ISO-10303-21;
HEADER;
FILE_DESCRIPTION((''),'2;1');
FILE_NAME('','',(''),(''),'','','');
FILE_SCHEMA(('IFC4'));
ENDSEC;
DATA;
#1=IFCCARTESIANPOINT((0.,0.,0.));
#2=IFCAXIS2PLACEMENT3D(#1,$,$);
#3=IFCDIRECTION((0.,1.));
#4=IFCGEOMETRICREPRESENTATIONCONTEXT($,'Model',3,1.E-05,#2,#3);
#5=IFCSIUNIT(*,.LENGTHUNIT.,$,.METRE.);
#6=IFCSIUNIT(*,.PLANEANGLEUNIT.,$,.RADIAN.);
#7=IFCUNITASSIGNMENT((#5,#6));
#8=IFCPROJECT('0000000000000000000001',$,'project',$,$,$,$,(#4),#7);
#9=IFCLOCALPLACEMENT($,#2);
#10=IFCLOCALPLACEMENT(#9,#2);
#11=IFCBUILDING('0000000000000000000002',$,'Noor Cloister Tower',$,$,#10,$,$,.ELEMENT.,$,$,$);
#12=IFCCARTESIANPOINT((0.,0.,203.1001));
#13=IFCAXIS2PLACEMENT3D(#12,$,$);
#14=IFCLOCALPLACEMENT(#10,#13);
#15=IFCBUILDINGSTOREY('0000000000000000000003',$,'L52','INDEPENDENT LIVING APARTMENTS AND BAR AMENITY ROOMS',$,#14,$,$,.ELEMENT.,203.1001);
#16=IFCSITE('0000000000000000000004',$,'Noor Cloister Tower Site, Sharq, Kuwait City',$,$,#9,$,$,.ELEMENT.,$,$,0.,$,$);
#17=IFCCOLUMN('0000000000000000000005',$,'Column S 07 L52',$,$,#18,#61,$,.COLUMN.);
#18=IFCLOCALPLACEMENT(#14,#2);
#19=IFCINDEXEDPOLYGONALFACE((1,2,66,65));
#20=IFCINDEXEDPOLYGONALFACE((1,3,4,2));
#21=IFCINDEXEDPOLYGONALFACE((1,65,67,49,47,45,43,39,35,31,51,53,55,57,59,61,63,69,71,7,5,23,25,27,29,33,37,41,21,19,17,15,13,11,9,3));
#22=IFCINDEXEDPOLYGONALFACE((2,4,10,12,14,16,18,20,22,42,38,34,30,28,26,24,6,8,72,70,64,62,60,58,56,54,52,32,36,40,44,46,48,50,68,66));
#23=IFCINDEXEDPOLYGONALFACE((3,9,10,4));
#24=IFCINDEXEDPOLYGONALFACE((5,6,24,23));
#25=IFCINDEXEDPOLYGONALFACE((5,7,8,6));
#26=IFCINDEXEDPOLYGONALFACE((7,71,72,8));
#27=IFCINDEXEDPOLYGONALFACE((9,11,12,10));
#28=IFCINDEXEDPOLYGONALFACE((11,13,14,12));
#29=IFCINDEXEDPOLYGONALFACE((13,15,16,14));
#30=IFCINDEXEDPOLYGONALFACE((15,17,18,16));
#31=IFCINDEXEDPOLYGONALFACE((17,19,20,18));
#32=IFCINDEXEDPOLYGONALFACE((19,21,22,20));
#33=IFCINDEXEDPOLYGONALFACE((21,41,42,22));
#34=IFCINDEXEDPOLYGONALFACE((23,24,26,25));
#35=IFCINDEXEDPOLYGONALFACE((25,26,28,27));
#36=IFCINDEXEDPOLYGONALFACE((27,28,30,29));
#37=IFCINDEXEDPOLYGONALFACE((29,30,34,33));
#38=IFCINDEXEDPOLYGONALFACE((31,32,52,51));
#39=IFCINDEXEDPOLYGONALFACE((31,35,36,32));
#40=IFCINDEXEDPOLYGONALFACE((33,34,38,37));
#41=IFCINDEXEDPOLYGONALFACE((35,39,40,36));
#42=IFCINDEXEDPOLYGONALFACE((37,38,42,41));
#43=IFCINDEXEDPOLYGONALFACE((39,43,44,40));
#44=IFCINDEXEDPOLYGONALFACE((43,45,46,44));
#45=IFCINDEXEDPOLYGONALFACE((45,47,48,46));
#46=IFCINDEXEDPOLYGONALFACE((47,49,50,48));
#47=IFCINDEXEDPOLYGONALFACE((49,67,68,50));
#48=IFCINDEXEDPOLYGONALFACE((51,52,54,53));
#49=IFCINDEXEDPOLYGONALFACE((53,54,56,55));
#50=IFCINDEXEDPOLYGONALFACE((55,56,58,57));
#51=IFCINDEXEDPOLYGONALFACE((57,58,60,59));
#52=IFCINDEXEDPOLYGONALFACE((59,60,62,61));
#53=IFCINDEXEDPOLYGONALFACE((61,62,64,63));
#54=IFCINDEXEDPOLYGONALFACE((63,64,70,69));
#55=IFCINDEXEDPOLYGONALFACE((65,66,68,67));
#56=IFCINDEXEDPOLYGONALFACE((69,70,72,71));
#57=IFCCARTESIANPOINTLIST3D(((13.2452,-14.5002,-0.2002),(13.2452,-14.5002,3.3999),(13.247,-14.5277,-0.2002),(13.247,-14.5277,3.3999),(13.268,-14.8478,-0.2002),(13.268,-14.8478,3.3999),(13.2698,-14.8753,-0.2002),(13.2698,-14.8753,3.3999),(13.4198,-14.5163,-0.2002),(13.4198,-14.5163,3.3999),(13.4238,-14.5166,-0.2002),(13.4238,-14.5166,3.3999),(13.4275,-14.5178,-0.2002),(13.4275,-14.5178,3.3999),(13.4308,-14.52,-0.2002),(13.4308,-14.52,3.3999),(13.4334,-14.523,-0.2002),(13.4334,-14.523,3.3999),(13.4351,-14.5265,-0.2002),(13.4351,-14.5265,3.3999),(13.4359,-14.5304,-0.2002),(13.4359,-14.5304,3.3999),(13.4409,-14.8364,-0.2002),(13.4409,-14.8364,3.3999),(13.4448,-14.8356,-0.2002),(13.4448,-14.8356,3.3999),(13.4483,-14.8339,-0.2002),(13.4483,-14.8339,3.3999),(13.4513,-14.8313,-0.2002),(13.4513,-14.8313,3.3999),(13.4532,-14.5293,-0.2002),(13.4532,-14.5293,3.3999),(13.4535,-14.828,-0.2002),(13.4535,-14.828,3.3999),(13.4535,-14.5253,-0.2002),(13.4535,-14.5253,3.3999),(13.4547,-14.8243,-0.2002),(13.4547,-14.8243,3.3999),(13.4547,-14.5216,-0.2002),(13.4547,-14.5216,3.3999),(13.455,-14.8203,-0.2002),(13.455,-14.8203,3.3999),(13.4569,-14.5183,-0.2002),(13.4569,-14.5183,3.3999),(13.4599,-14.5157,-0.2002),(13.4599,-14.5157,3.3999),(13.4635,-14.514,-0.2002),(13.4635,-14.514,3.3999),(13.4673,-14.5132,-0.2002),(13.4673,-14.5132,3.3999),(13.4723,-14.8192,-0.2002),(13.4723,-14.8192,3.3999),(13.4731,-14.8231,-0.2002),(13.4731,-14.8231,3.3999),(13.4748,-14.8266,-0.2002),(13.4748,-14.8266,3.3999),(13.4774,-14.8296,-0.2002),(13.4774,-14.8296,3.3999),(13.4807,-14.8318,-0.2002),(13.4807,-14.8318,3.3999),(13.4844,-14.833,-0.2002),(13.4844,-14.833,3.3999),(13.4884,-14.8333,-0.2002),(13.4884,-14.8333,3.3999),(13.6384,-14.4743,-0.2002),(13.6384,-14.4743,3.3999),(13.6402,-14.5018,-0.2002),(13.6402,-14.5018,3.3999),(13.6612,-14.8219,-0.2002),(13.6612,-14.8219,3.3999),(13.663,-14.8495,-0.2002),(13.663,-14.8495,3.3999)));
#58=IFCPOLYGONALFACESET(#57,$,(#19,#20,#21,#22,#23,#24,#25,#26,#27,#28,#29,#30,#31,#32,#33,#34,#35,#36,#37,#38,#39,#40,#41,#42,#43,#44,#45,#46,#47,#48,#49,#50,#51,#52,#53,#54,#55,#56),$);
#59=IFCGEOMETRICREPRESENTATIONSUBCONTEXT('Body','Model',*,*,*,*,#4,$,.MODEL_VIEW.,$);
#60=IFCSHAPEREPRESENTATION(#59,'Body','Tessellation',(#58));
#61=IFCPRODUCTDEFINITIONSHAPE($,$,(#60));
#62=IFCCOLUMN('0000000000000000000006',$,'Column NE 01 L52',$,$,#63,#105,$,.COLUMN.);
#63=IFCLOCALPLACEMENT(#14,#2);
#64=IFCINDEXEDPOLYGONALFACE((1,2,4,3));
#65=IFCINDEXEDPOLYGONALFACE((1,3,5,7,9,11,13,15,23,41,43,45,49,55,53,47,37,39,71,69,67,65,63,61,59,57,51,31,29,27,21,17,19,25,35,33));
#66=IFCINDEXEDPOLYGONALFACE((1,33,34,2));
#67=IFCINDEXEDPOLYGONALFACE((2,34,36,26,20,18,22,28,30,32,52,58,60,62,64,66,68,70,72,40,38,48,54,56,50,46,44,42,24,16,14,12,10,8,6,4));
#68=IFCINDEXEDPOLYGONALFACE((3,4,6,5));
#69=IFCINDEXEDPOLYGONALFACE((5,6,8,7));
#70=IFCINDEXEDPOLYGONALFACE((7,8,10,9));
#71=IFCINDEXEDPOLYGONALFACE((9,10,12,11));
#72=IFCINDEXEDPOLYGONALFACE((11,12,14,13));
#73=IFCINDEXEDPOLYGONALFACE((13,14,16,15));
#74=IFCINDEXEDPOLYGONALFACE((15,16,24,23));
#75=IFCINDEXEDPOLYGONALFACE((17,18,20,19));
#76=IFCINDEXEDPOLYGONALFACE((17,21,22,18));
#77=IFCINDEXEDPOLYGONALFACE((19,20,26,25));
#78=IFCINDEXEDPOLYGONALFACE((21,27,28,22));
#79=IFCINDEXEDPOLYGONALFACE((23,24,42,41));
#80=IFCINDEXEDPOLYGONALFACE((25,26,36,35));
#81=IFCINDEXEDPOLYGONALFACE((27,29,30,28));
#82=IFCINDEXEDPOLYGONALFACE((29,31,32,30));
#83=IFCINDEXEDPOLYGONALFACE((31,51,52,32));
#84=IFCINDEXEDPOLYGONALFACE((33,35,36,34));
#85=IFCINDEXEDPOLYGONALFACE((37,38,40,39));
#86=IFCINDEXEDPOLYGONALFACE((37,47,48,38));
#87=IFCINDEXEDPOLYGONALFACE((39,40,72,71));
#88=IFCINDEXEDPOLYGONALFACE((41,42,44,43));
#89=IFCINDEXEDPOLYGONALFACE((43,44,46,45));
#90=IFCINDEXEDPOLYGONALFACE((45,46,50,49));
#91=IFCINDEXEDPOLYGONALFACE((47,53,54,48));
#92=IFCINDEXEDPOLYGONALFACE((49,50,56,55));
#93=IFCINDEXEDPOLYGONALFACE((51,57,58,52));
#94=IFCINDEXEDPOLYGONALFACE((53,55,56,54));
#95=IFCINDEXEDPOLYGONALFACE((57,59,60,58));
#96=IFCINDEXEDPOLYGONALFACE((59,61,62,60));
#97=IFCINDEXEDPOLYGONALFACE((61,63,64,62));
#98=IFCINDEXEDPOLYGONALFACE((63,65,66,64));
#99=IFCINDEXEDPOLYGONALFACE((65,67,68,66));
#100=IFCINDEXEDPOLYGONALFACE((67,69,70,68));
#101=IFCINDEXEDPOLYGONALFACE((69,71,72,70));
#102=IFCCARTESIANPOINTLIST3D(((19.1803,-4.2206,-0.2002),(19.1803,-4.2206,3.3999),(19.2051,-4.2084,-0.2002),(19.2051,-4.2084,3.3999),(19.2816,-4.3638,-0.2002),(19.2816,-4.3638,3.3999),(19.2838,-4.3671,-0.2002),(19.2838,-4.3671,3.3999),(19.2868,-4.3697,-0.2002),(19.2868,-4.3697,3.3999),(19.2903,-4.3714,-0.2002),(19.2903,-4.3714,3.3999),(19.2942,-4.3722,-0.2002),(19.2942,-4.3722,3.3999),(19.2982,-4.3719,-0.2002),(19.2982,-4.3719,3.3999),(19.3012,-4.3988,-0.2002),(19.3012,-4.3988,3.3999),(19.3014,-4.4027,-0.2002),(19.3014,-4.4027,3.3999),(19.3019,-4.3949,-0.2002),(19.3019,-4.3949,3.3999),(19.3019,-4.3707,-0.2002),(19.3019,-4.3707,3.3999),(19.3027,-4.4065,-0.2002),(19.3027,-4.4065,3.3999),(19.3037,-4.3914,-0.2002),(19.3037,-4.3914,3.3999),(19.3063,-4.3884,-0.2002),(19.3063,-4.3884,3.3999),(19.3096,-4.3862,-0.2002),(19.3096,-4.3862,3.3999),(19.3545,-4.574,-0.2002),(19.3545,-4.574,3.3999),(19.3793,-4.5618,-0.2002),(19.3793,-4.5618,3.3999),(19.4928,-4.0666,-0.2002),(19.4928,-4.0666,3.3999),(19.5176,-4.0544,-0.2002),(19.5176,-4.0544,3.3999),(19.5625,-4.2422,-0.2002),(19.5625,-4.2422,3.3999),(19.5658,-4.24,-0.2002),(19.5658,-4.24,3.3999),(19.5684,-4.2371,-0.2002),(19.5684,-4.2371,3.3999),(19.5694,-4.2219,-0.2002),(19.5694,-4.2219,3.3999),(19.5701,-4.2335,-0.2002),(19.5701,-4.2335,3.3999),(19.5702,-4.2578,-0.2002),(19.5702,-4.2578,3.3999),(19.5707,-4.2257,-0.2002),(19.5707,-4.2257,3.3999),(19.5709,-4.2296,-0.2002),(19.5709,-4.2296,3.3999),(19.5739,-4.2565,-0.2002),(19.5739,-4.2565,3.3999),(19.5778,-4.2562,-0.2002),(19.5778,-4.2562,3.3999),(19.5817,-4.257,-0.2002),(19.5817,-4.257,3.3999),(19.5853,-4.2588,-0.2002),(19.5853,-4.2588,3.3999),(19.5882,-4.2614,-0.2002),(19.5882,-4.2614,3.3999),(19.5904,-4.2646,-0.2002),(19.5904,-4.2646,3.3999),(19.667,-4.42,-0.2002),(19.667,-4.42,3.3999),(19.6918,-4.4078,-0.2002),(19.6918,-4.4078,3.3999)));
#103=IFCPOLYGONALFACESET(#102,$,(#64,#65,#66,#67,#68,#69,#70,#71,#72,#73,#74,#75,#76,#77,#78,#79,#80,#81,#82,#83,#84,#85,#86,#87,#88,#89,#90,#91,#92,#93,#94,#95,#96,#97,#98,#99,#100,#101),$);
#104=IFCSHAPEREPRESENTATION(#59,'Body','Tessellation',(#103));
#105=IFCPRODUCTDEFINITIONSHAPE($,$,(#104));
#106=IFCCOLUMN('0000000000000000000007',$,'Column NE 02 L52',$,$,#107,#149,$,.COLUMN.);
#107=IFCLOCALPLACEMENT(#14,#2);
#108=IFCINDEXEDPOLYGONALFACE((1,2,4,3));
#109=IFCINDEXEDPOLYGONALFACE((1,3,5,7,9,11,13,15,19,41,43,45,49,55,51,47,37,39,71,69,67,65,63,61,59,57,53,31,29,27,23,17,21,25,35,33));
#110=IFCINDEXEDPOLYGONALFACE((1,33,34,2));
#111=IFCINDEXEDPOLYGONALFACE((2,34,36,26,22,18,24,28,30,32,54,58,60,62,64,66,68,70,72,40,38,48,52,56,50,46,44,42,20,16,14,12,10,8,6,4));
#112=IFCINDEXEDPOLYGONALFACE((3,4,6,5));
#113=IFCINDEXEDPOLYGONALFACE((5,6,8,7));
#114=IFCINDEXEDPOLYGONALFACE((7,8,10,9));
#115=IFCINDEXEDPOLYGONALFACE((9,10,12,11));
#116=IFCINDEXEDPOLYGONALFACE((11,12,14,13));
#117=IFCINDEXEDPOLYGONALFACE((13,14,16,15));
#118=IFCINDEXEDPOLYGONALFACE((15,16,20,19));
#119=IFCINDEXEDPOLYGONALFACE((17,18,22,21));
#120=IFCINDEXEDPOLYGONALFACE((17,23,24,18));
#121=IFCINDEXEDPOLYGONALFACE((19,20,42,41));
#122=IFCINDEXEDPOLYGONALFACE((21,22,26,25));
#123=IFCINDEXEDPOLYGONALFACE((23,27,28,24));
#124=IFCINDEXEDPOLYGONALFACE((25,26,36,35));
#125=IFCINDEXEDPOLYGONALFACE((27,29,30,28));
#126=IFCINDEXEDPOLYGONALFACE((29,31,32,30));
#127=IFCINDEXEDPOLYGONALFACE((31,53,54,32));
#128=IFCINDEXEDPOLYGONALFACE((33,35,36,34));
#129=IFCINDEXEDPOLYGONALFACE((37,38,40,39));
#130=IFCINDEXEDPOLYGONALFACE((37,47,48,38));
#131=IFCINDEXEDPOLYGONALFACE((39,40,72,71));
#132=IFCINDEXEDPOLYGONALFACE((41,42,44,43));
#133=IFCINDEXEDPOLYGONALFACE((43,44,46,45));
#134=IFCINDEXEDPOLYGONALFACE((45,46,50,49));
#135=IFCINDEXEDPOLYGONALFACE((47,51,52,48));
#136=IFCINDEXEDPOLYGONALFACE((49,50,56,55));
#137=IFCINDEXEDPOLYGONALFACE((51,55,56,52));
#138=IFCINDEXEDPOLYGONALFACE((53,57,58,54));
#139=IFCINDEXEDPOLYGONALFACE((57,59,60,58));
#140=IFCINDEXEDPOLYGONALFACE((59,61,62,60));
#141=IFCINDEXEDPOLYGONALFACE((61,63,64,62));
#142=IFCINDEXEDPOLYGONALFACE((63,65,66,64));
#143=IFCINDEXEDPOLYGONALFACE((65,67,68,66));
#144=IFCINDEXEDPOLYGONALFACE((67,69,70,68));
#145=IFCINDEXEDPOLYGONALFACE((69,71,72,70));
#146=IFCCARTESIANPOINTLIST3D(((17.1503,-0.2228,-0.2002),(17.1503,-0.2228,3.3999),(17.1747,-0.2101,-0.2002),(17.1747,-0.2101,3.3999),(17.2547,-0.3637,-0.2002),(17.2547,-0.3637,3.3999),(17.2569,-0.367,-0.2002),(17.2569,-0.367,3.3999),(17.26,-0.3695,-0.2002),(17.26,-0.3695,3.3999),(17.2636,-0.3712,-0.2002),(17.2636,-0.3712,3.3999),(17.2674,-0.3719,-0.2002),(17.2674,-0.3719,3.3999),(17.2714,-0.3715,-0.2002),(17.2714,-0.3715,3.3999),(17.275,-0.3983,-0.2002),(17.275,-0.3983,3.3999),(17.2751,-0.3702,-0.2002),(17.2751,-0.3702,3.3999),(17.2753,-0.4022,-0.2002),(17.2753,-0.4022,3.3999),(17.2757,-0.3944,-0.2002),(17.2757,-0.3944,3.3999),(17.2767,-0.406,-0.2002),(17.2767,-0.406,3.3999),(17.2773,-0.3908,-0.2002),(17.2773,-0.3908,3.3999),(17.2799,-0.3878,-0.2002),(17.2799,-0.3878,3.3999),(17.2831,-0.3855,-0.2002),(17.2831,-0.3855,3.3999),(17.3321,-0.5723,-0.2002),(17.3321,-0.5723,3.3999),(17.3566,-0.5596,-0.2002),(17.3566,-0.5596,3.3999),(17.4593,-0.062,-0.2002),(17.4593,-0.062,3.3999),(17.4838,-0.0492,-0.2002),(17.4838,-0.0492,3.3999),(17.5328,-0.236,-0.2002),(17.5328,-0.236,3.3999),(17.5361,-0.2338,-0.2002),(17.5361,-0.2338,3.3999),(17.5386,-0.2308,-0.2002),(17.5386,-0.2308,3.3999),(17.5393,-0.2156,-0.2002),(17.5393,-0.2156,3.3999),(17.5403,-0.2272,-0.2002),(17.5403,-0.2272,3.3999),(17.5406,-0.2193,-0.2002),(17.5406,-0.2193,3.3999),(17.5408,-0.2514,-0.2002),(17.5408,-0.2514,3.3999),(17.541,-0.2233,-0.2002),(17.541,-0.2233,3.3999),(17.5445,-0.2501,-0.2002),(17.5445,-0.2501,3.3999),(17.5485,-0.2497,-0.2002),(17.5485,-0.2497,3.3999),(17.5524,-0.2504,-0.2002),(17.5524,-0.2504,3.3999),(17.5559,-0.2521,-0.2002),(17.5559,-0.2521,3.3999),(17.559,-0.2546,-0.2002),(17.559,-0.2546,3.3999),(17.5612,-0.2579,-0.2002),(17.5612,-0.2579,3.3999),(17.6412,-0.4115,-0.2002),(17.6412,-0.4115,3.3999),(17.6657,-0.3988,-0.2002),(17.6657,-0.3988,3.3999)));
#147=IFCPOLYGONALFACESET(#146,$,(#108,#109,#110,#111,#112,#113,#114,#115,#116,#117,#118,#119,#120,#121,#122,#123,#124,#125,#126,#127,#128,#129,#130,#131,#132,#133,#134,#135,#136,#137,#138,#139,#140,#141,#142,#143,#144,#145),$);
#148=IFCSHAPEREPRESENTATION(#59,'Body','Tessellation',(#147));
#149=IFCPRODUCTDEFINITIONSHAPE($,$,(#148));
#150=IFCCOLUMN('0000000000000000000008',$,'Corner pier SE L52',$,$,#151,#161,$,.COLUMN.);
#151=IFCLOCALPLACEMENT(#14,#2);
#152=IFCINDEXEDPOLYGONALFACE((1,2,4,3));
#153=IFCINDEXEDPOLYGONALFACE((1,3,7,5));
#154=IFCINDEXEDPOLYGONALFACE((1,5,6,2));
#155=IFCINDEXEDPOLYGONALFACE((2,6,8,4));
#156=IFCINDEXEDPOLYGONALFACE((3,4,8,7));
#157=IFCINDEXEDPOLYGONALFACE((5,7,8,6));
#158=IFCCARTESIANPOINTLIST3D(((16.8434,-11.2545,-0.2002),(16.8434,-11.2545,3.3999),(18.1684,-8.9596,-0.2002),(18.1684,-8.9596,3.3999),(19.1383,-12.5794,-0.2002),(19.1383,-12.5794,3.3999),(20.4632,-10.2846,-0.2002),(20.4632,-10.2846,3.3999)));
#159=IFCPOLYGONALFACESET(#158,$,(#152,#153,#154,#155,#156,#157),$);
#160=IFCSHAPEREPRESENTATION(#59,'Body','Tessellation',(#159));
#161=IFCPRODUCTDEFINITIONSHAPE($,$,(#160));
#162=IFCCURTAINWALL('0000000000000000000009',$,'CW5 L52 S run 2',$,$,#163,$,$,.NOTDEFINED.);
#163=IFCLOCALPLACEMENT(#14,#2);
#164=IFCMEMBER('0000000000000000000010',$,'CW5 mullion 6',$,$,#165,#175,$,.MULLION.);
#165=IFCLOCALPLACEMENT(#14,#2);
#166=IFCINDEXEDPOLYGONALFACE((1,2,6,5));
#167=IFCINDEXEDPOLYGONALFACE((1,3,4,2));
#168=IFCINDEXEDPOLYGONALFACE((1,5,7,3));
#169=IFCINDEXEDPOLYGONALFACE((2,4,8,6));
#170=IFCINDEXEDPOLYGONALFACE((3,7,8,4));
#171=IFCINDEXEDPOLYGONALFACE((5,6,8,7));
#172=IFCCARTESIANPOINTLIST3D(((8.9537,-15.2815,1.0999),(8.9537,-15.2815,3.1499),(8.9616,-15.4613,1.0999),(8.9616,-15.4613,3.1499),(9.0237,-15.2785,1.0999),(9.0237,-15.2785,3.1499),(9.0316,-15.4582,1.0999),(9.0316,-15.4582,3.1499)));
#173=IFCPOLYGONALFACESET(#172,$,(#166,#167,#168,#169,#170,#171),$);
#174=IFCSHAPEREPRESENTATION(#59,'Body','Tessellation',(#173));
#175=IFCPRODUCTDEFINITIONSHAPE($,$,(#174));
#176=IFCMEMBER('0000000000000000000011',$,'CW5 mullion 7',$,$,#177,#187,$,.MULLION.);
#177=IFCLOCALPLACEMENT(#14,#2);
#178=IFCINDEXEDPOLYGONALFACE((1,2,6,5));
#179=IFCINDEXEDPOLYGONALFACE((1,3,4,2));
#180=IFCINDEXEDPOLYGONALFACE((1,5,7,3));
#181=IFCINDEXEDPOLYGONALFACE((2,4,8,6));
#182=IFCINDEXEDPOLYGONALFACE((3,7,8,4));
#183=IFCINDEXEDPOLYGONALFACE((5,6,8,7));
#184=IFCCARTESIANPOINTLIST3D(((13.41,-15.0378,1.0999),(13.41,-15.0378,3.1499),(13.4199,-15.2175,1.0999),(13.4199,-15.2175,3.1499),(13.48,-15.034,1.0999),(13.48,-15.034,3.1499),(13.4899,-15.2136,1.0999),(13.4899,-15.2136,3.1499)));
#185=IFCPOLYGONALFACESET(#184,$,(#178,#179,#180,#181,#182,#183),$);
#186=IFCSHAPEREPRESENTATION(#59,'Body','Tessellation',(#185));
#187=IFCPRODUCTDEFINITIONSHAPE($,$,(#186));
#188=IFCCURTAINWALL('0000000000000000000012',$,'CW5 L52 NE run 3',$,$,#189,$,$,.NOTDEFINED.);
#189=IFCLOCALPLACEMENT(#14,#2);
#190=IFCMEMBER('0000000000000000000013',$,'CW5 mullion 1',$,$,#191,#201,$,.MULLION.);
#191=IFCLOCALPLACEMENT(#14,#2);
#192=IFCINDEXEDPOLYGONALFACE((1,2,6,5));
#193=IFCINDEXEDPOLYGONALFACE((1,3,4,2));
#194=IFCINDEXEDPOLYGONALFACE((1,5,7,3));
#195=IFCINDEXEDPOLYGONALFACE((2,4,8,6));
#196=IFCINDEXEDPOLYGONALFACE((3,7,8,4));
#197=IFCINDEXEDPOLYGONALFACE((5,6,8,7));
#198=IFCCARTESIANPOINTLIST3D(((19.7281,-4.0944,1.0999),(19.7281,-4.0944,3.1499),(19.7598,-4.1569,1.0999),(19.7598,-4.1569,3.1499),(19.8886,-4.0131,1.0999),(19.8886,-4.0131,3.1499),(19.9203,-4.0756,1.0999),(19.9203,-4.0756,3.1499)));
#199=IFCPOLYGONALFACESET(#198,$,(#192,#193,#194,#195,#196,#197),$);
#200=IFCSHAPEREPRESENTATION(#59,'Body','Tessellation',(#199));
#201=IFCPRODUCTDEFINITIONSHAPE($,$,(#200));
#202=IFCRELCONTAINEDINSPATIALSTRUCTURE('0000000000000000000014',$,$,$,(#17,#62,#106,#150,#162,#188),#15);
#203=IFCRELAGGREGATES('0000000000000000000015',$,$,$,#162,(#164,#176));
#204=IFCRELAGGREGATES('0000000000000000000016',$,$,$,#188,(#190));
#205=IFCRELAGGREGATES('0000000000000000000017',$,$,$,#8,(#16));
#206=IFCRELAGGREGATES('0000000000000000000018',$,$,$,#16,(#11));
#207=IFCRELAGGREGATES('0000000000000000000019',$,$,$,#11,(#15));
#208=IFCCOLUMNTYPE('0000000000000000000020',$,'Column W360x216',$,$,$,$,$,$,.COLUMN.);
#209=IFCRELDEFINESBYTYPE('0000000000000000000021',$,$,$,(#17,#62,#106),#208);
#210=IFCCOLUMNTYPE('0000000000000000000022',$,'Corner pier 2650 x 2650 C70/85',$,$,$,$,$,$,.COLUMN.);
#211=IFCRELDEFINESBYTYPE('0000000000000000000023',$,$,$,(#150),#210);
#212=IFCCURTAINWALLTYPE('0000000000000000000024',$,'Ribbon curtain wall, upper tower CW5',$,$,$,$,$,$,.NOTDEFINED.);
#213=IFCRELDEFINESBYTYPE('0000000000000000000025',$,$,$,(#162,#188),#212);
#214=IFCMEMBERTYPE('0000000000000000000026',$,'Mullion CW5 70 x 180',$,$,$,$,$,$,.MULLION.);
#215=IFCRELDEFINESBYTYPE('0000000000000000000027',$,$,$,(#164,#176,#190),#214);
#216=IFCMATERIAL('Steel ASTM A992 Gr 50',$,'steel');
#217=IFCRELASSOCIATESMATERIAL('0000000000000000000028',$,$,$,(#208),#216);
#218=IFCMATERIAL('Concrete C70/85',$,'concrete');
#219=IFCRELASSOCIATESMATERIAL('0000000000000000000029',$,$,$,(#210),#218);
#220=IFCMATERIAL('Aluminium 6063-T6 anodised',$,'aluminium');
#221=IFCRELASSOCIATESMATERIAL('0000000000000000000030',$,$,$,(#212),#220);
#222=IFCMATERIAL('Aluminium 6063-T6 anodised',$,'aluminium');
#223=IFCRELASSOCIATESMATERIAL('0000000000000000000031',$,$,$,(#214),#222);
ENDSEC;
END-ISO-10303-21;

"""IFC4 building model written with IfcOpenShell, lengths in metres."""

from ifc_helpers import new_model, si_unit, direction, frame, origin, origin_2d, place, context, subcontext, project, spatial, rectangle, i_section, extrude, material, material_profile, profile_set, type_object, element, aggregate, save


model = new_model("IFC4")

# Units and contexts
model_context = context("Model", 3, precision=1e-05, world=origin(), true_north=direction((0.0, 1.0)))
body_context = subcontext(model_context, "Body", "Model", "MODEL_VIEW")
ifc_project = project(units=[si_unit("LENGTHUNIT", "METRE"), si_unit("PLANEANGLEUNIT", "RADIAN")], contexts=[model_context])

# Site, building, storey
site_placement = place(None, origin())
site = spatial("IfcSite", under=ifc_project, at=site_placement, Name="Noor Cloister Tower Site, Sharq, Kuwait City", CompositionType="ELEMENT", RefElevation=0.0)
building_placement = place(site_placement, origin())
building = spatial("IfcBuilding", under=site, at=building_placement, Name="Noor Cloister Tower", CompositionType="ELEMENT")
storey_placement = place(building_placement, frame((0.0, 0.0, 203.1001)))
storey = spatial("IfcBuildingStorey", under=building, at=storey_placement, Name="L52", Description="INDEPENDENT LIVING APARTMENTS AND BAR AMENITY ROOMS", CompositionType="ELEMENT", Elevation=203.1001)

# Columns
ifc_material_1 = material(Name="Steel ASTM A992 Gr 50", Category="steel")
ifc_material_profile_1 = material_profile(ifc_material_1, i_section(OverallWidth=0.394, OverallDepth=0.376, WebThickness=0.0173, FlangeThickness=0.0276, FilletRadius=0.0151, at=origin_2d()), Name="W360x216")
ifc_profile_set_1 = profile_set([ifc_material_profile_1], Name="Steel ASTM A992 Gr 50")
column_type_1 = type_object("IfcColumnType", Name="Column W360x216", PredefinedType="COLUMN", material=ifc_profile_set_1)
for number, where, z_axis, x_axis, name in (
    (1, (13.4541, -14.6748, -0.2002), (0.0, 0.0, 1.0), (0.997844, 0.065627, 0.0), "Column S 07 L52"),
    (2, (19.436, -4.3142, -0.2002), (0.0, 0.0, 1.0), (-0.442087, 0.896972, 0.0), "Column NE 01 L52"),
    (3, (17.408, -0.3108, -0.2002), (0.0, 0.0, 1.0), (-0.461616, 0.88708, 0.0), "Column NE 02 L52"),
):
    element("IfcColumn", number, at=place(storey_placement, frame(where, z_axis=z_axis, x_axis=x_axis)), inside=storey, type_object=column_type_1, Name=name, PredefinedType="COLUMN", context=body_context, shape_type="SweptSolid", body=[
        extrude(i_section(OverallWidth=0.394, OverallDepth=0.376, WebThickness=0.0173, FlangeThickness=0.0276, FilletRadius=0.0151, at=origin_2d()), origin(), (0.0, 0.0, 1.0), 3.6001),
    ])
ifc_material_2 = material(Name="Concrete C70/85", Category="concrete")
ifc_material_profile_2 = material_profile(ifc_material_2, rectangle(XDim=2.6499, YDim=2.6499, at=origin_2d()), Name="RC 2650x2650")
ifc_profile_set_2 = profile_set([ifc_material_profile_2], Name="Concrete C70/85")
column_type_2 = type_object("IfcColumnType", Name="Corner pier 2650 x 2650 C70/85", PredefinedType="COLUMN", material=ifc_profile_set_2)
column_placement = place(storey_placement, frame((18.6533, -10.7695, -0.2002), z_axis=(0.0, 0.0, 1.0), x_axis=(0.866025, -0.5, 0.0)))
element("IfcColumn", 4, at=column_placement, inside=storey, type_object=column_type_2, Name="Corner pier SE L52", PredefinedType="COLUMN", context=body_context, shape_type="SweptSolid", body=[
    extrude(rectangle(XDim=2.6499, YDim=2.6499, at=origin_2d()), origin(), (0.0, 0.0, 1.0), 3.6001),
])

# Curtain walls, members
ifc_material_3 = material(Name="Aluminium 6063-T6 anodised", Category="aluminium")
curtain_wall_type = type_object("IfcCurtainWallType", Name="Ribbon curtain wall, upper tower CW5", PredefinedType="NOTDEFINED", material=ifc_material_3)
curtain_wall_1_placement = place(storey_placement, origin())
curtain_wall_1 = element("IfcCurtainWall", 5, at=curtain_wall_1_placement, inside=storey, type_object=curtain_wall_type, Name="CW5 L52 S run 2", PredefinedType="NOTDEFINED")
ifc_material_4 = material(Name="Aluminium 6063-T6 anodised", Category="aluminium")
ifc_material_profile_3 = material_profile(ifc_material_4, rectangle(XDim=0.1799, YDim=0.0701, at=origin_2d()), Name="180 x 70 mullion")
ifc_profile_set_3 = profile_set([ifc_material_profile_3], Name="Aluminium 6063-T6 anodised")
member_type = type_object("IfcMemberType", Name="Mullion CW5 70 x 180", PredefinedType="MULLION", material=ifc_profile_set_3)
member_1_placement = place(storey_placement, frame((8.9927, -15.3699, 1.0999), z_axis=(0.0, 0.0, 1.0), x_axis=(-0.043769, 0.999042, 0.0)))
member_1 = element("IfcMember", 6, at=member_1_placement, type_object=member_type, Name="CW5 mullion 6", PredefinedType="MULLION", context=body_context, shape_type="SweptSolid", body=[
    extrude(rectangle(XDim=0.1799, YDim=0.0701, at=origin_2d()), origin(), (0.0, 0.0, 1.0), 2.05),
])
member_2_placement = place(storey_placement, frame((13.45, -15.1257, 1.0999), z_axis=(0.0, 0.0, 1.0), x_axis=(-0.054701, 0.998503, 0.0)))
member_2 = element("IfcMember", 7, at=member_2_placement, type_object=member_type, Name="CW5 mullion 7", PredefinedType="MULLION", context=body_context, shape_type="SweptSolid", body=[
    extrude(rectangle(XDim=0.1799, YDim=0.0701, at=origin_2d()), origin(), (0.0, 0.0, 1.0), 2.05),
])
curtain_wall_2_placement = place(storey_placement, origin())
curtain_wall_2 = element("IfcCurtainWall", 8, at=curtain_wall_2_placement, inside=storey, type_object=curtain_wall_type, Name="CW5 L52 NE run 3", PredefinedType="NOTDEFINED")
member_3_placement = place(storey_placement, frame((19.8242, -4.085, 1.0999), z_axis=(0.0, 0.0, 1.0), x_axis=(-0.892079, -0.451879, 0.0)))
member_3 = element("IfcMember", 9, at=member_3_placement, type_object=member_type, Name="CW5 mullion 1", PredefinedType="MULLION", context=body_context, shape_type="SweptSolid", body=[
    extrude(rectangle(XDim=0.1799, YDim=0.0701, at=origin_2d()), origin(), (0.0, 0.0, 1.0), 2.05),
])

aggregate(curtain_wall_1, [member_1, member_2])
aggregate(curtain_wall_2, [member_3])

save(model, "model.ifc")
